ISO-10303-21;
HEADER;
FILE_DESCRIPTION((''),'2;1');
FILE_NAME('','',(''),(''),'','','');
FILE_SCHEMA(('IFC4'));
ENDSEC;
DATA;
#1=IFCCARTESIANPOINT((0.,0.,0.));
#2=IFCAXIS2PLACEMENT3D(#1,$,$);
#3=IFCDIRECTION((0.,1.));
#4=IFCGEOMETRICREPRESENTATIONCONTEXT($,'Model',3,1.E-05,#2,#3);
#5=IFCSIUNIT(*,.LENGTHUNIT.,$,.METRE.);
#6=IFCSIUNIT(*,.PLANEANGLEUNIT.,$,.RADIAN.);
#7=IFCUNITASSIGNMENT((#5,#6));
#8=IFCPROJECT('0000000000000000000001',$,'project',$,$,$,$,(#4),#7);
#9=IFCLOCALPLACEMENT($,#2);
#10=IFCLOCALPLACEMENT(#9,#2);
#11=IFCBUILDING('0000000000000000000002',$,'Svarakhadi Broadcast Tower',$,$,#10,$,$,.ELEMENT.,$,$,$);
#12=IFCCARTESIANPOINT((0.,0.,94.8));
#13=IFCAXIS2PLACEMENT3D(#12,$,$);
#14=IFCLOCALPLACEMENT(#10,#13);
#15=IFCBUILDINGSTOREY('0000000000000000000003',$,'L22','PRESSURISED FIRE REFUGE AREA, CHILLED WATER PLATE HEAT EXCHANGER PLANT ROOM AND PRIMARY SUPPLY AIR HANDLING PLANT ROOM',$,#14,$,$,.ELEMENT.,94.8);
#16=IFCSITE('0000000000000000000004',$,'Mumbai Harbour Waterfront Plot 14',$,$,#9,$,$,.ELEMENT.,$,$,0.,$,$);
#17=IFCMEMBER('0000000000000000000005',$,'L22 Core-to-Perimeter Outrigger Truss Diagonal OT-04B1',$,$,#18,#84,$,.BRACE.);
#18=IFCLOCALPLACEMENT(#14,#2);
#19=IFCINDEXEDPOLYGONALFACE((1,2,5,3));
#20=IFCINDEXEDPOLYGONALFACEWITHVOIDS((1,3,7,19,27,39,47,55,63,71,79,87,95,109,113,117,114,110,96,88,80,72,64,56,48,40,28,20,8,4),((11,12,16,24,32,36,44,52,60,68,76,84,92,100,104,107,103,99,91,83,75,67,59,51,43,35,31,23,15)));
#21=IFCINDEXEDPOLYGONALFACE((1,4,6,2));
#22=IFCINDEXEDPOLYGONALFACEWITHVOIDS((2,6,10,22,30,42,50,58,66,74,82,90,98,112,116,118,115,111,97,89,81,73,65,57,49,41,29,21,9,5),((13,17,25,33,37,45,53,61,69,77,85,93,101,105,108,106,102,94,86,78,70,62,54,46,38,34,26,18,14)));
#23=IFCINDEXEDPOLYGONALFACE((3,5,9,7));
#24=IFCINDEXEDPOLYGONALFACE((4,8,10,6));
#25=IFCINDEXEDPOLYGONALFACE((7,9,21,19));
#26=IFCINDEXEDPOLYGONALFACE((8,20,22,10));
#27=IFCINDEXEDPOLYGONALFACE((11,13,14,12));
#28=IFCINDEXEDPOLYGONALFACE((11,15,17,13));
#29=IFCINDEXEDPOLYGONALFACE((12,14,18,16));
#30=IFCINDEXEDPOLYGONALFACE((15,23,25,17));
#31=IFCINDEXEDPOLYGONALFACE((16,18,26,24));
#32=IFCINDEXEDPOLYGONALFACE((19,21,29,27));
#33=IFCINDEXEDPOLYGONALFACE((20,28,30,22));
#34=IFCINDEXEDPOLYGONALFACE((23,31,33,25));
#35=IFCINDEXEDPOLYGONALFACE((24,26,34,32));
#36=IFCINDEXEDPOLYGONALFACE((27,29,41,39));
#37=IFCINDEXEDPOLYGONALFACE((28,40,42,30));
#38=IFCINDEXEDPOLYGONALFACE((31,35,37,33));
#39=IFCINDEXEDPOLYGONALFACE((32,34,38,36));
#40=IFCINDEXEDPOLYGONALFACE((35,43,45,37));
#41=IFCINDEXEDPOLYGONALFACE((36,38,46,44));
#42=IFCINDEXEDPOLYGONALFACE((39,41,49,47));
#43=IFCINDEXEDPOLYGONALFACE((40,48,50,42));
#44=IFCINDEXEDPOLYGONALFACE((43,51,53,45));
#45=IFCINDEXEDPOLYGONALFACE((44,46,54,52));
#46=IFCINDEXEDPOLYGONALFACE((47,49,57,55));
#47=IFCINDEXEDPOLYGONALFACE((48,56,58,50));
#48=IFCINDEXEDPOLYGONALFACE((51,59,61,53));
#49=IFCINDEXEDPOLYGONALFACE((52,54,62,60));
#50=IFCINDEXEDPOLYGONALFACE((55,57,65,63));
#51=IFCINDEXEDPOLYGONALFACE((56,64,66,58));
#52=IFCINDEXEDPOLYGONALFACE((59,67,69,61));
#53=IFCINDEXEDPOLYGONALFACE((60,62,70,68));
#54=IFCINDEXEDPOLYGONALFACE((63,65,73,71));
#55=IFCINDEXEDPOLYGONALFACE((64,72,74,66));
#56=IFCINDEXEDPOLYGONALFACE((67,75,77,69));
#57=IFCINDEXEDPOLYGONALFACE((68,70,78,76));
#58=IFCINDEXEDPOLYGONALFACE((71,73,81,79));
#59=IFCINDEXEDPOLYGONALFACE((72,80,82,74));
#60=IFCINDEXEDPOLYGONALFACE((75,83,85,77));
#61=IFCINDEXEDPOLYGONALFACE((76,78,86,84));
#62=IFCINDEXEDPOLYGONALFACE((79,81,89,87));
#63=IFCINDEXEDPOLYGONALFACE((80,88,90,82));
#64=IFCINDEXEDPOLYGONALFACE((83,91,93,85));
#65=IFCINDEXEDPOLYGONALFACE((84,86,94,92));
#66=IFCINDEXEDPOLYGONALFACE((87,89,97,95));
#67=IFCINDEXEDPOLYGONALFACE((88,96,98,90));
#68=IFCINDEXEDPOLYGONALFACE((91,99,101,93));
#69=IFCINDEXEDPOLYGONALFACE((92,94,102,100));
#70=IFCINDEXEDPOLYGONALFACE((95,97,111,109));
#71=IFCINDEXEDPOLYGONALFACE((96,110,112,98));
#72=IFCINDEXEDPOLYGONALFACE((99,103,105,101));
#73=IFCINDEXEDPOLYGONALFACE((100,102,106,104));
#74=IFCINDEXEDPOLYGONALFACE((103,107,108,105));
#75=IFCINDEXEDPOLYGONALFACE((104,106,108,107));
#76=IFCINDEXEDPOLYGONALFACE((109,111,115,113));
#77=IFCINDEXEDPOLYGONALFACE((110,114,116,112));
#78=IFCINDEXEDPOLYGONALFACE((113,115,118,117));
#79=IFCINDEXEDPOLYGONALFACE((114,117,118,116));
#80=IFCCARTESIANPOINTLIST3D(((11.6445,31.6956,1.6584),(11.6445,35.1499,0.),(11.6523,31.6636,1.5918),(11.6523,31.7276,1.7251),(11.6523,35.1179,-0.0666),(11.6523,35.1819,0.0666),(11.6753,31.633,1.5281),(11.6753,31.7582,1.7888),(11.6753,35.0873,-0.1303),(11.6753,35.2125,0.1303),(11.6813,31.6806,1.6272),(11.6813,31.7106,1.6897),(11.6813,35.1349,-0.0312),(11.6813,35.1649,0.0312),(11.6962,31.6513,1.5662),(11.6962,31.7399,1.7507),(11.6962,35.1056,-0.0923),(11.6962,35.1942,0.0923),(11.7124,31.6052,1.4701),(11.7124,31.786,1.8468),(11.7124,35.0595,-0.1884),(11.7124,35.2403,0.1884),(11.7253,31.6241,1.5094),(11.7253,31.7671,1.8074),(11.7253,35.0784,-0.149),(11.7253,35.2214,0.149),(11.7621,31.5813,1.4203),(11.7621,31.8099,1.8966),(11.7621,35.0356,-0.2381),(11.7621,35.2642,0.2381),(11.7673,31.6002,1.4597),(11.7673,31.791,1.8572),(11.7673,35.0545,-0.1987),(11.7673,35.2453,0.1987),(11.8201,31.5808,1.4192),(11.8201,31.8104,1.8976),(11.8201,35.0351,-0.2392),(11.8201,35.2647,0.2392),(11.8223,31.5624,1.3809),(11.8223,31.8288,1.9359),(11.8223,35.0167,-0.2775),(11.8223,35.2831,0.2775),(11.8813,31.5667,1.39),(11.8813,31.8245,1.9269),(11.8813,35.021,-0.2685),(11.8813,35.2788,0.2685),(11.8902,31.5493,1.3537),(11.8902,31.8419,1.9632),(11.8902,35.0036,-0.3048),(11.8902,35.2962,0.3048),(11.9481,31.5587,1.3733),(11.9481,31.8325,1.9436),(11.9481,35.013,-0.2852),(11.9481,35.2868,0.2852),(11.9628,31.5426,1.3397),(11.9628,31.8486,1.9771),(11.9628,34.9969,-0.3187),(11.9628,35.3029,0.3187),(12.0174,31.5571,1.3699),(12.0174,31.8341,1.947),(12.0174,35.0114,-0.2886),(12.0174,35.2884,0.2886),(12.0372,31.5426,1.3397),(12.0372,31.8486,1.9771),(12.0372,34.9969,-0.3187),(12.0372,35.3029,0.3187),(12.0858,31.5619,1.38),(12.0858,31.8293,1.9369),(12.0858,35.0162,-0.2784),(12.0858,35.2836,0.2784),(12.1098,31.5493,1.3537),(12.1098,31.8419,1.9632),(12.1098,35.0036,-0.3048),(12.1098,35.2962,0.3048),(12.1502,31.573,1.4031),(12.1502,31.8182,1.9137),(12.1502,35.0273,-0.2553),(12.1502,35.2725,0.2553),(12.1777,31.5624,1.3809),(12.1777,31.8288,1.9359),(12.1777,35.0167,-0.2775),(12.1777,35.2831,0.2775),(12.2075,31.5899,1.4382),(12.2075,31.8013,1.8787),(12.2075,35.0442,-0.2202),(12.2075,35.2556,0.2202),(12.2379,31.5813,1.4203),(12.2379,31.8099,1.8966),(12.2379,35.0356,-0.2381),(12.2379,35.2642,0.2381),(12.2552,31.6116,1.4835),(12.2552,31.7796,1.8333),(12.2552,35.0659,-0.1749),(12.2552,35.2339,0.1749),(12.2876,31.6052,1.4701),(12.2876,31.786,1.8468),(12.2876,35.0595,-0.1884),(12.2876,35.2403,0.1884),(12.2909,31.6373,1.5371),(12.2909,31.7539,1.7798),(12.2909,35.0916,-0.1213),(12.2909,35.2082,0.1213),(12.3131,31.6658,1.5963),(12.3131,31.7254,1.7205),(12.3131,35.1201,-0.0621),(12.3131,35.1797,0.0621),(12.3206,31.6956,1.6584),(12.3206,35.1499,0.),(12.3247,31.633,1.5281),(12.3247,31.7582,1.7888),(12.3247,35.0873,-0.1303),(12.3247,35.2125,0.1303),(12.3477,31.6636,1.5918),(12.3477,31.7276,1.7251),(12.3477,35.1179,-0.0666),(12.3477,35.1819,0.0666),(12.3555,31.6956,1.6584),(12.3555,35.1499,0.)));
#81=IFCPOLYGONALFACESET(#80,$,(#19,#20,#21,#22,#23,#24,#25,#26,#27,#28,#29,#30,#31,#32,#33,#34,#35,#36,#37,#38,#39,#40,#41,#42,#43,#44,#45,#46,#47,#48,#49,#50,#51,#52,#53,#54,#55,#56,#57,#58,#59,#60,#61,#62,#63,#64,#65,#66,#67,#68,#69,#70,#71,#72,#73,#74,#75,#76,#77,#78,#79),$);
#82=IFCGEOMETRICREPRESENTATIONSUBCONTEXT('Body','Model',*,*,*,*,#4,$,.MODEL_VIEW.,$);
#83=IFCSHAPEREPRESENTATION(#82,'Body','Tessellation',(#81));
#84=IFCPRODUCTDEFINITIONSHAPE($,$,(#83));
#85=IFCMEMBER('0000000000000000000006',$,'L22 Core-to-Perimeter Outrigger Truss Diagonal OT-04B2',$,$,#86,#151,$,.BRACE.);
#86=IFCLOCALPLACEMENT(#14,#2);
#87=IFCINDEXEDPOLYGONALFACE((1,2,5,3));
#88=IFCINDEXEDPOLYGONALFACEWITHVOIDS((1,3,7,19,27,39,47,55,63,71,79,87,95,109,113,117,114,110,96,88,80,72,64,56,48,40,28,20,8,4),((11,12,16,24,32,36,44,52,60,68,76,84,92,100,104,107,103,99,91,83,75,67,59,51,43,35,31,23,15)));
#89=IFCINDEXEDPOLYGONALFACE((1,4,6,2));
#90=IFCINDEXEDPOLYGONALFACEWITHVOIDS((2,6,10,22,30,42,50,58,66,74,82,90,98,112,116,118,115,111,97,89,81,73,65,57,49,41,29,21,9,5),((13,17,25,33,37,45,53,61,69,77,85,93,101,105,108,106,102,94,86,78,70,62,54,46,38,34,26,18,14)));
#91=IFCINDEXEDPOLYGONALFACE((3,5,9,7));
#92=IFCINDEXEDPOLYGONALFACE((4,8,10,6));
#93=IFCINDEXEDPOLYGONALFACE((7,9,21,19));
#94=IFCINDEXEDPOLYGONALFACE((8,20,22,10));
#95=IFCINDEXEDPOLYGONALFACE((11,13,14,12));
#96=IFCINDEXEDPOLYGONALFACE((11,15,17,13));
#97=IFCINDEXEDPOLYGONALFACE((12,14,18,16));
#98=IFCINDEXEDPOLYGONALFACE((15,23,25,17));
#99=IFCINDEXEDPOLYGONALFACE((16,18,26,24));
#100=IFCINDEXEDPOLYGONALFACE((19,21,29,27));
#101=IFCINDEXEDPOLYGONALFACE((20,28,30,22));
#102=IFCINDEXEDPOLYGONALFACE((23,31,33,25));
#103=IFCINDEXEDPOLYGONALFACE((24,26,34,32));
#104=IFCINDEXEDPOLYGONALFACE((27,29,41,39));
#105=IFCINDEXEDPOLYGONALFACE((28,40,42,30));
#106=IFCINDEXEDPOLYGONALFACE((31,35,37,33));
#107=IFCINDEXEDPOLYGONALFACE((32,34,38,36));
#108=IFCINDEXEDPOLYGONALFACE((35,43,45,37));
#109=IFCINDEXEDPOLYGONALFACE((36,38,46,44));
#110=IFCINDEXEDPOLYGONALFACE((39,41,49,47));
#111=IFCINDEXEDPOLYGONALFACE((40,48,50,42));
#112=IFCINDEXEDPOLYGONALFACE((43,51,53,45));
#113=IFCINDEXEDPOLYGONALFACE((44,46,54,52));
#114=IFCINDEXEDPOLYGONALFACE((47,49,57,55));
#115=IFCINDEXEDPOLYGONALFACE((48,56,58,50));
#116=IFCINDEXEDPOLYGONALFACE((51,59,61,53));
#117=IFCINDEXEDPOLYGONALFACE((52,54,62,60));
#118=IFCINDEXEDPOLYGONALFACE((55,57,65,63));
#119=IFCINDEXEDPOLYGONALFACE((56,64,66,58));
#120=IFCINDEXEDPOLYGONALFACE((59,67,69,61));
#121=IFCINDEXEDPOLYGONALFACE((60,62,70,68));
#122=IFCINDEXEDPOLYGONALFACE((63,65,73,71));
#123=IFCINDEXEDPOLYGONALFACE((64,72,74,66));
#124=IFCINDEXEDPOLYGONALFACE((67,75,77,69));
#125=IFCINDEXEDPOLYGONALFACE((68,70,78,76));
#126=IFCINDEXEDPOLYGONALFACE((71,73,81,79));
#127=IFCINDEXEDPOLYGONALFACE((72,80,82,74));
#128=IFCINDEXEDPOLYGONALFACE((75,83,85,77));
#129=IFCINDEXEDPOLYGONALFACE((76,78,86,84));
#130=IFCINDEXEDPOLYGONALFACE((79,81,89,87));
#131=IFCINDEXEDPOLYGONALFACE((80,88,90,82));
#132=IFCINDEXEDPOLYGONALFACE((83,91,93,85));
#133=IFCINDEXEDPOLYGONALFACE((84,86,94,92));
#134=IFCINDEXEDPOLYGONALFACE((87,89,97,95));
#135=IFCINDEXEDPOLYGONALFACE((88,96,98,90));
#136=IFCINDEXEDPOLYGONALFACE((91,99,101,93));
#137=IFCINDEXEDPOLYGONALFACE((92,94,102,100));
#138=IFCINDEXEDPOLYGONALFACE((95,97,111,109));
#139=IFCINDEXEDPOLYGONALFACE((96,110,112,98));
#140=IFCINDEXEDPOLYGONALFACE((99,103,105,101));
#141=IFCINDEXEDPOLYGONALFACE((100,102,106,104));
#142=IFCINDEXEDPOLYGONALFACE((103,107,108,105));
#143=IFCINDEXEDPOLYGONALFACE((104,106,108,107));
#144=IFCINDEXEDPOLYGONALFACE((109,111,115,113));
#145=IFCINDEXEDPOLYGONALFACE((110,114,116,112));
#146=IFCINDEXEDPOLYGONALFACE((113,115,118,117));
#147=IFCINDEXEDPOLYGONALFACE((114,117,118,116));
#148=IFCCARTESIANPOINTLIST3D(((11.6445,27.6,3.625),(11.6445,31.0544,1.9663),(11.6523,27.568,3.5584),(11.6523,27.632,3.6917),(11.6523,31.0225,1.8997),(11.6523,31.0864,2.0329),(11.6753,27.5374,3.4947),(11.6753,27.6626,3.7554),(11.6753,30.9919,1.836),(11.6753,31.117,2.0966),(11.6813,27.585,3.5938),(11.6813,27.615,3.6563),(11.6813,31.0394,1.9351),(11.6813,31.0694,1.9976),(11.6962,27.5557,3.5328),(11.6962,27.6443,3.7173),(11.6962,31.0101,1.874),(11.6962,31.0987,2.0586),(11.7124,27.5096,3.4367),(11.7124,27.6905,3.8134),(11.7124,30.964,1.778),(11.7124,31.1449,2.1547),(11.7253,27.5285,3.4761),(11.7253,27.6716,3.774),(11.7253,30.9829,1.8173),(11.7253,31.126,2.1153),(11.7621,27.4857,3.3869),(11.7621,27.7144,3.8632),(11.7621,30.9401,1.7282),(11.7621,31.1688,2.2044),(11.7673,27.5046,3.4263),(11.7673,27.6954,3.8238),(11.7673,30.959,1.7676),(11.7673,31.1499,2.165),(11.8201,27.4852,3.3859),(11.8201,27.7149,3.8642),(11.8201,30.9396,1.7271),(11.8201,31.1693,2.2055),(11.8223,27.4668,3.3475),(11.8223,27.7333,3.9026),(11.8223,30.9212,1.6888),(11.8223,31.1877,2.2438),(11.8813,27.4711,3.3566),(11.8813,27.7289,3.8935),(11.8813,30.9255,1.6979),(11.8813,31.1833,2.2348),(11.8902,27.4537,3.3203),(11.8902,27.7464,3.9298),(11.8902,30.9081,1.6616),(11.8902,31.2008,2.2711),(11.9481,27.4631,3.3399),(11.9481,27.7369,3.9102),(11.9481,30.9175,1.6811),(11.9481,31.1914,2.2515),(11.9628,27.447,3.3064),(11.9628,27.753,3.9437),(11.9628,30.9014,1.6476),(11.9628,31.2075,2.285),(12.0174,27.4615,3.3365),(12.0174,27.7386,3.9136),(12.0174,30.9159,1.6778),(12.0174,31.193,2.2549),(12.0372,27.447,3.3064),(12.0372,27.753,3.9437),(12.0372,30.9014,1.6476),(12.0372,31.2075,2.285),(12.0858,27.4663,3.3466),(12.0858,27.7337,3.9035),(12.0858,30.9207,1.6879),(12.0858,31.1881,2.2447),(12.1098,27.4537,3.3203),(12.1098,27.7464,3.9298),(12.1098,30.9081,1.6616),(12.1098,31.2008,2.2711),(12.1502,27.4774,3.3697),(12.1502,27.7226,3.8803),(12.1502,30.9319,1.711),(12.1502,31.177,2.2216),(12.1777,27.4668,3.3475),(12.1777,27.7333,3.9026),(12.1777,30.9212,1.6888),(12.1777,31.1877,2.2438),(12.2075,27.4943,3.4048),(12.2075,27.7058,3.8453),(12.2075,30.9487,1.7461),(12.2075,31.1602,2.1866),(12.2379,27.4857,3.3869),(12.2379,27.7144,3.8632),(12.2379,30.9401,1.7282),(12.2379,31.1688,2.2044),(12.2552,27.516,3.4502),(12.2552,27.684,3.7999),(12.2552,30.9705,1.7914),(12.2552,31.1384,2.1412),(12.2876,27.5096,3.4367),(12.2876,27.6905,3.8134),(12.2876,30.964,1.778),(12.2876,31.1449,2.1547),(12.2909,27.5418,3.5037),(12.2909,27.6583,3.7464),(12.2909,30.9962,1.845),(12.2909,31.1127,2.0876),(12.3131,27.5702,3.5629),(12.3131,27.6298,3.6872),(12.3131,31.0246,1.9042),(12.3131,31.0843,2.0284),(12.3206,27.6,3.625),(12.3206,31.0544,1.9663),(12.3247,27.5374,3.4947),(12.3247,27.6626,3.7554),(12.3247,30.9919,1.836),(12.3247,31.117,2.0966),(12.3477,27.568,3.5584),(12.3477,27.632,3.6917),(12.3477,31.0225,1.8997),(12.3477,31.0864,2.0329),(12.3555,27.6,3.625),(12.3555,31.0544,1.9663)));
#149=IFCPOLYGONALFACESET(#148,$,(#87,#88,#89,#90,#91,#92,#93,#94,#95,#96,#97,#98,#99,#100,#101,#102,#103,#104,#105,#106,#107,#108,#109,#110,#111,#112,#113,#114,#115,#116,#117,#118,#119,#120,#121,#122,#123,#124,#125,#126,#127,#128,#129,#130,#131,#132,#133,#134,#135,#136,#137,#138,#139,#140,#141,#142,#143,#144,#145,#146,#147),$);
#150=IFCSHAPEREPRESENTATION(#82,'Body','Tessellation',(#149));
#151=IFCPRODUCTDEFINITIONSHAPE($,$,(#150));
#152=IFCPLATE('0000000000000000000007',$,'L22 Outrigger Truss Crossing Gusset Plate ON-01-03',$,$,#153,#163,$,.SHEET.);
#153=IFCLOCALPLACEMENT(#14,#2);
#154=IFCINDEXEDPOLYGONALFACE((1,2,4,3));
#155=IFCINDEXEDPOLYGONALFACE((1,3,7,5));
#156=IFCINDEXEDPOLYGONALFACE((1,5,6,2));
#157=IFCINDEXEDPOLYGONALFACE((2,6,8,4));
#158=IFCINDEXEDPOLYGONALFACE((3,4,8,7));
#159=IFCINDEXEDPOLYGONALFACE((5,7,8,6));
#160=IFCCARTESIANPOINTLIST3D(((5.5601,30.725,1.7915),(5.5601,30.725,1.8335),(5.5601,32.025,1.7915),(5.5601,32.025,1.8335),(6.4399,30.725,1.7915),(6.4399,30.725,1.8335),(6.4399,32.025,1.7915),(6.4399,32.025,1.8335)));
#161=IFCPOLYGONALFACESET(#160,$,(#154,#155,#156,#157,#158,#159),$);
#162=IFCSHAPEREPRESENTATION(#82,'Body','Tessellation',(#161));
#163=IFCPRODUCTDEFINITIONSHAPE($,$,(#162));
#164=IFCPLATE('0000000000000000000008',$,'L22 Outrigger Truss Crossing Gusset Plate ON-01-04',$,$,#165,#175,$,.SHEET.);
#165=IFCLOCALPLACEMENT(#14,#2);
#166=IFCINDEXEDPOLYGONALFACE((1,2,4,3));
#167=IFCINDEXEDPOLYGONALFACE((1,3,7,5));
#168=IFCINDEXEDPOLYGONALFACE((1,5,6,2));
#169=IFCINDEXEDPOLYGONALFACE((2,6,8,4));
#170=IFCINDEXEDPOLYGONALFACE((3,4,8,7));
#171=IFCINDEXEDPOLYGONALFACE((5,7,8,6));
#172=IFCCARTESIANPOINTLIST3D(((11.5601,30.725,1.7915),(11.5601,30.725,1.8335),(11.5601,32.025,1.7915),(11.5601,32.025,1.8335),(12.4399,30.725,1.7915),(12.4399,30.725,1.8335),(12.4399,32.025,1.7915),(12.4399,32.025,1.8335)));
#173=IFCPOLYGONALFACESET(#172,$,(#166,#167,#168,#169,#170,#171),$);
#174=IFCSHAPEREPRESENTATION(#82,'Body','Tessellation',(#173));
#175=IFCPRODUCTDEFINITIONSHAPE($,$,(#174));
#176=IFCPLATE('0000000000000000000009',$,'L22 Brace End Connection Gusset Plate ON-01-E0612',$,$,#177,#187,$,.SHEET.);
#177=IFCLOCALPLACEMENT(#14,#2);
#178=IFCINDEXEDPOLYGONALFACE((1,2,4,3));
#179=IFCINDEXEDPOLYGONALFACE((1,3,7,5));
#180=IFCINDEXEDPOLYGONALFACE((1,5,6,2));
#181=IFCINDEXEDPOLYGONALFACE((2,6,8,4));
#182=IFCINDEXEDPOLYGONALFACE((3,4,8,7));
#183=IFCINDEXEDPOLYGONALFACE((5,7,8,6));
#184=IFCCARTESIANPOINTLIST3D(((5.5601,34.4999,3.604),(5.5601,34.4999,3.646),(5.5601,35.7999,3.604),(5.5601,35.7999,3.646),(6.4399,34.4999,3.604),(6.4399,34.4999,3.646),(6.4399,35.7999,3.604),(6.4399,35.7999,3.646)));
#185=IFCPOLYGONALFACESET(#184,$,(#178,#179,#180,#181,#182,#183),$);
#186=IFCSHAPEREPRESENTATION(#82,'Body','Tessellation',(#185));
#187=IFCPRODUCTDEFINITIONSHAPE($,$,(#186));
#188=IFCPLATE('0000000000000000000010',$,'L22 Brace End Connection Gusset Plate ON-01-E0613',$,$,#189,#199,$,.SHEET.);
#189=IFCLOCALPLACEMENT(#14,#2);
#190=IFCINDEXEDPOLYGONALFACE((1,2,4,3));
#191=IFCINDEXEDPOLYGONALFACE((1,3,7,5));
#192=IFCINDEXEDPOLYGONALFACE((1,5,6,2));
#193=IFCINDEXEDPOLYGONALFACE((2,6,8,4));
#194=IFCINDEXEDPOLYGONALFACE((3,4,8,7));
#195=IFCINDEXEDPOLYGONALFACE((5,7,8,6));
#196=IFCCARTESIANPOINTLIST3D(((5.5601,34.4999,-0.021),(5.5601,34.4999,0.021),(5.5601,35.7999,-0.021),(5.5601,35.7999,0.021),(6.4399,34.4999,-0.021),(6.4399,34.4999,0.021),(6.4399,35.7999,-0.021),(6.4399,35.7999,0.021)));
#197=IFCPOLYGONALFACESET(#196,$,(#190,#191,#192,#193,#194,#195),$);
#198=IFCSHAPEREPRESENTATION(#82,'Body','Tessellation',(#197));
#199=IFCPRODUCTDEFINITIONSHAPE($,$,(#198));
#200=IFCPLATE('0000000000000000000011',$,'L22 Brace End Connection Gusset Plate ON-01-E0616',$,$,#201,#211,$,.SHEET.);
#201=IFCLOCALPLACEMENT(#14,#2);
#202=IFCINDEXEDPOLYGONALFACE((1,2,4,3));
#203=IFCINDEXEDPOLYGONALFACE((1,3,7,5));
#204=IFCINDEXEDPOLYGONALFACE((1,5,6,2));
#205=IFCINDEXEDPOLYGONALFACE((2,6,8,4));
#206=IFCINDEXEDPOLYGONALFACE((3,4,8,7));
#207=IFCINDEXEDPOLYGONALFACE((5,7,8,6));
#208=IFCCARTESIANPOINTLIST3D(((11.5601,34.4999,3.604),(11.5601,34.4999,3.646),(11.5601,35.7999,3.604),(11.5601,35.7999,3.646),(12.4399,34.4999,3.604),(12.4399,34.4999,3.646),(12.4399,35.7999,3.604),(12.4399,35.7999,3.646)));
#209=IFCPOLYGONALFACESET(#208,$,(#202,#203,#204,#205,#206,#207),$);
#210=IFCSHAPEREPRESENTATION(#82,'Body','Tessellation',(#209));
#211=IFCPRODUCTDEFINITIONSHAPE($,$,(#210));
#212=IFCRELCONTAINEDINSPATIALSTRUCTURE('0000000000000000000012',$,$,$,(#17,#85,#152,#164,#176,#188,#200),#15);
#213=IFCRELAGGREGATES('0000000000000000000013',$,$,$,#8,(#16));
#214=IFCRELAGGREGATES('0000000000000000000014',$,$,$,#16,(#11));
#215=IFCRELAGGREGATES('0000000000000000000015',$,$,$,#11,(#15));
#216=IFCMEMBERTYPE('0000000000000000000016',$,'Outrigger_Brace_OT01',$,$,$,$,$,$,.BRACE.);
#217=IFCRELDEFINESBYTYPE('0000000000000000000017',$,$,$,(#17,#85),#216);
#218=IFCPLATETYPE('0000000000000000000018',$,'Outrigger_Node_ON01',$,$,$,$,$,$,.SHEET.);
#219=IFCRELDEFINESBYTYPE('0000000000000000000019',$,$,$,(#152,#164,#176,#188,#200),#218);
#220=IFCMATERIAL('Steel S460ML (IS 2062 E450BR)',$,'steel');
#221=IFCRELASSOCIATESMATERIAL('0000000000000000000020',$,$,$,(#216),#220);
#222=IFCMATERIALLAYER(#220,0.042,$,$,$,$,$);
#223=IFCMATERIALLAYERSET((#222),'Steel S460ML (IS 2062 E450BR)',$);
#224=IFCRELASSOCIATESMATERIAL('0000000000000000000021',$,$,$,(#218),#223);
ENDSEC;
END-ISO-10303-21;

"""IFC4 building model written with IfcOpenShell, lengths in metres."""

from ifc_helpers import new_model, si_unit, direction, frame, origin, origin_2d, place, context, subcontext, project, spatial, rectangle, hollow_circle, extrude, material, layer, layer_set, material_profile, profile_set, type_object, element, save


model = new_model("IFC4")

# Units and contexts
model_context = context("Model", 3, precision=1e-05, world=origin(), true_north=direction((0.0, 1.0)))
body_context = subcontext(model_context, "Body", "Model", "MODEL_VIEW")
ifc_project = project(units=[si_unit("LENGTHUNIT", "METRE"), si_unit("PLANEANGLEUNIT", "RADIAN")], contexts=[model_context])

# Site, building, storey
site_placement = place(None, origin())
site = spatial("IfcSite", under=ifc_project, at=site_placement, Name="Mumbai Harbour Waterfront Plot 14", CompositionType="ELEMENT", RefElevation=0.0)
building_placement = place(site_placement, origin())
building = spatial("IfcBuilding", under=site, at=building_placement, Name="Svarakhadi Broadcast Tower", CompositionType="ELEMENT")
storey_placement = place(building_placement, frame((0.0, 0.0, 94.8)))
storey = spatial("IfcBuildingStorey", under=building, at=storey_placement, Name="L22", Description="PRESSURISED FIRE REFUGE AREA, CHILLED WATER PLATE HEAT EXCHANGER PLANT ROOM AND PRIMARY SUPPLY AIR HANDLING PLANT ROOM", CompositionType="ELEMENT", Elevation=94.8)

# Shared definitions
ifc_material_1 = material(Name="Steel S460ML (IS 2062 E450BR)", Category="steel")

# Members
ifc_material_profile_1 = material_profile(ifc_material_1, hollow_circle(Radius=0.3555, WallThickness=0.0349, at=origin_2d()), Name="CHS 711x35")
ifc_profile_set_1 = profile_set([ifc_material_profile_1], Name="Steel S460ML (IS 2062 E450BR)")
member_type = type_object("IfcMemberType", Name="Outrigger_Brace_OT01", PredefinedType="BRACE", material=ifc_profile_set_1)
member_1_placement = place(storey_placement, frame((12.0, 35.1499, 0.0), z_axis=(0.0, -0.901486, 0.432808), x_axis=(1.0, 0.0, 0.0)))
element("IfcMember", 1, at=member_1_placement, inside=storey, type_object=member_type, Name="L22 Core-to-Perimeter Outrigger Truss Diagonal OT-04B1", PredefinedType="BRACE", context=body_context, shape_type="SweptSolid", body=[
    extrude(hollow_circle(Radius=0.3555, WallThickness=0.0349, at=origin_2d()), origin(), (0.0, 0.0, 1.0), 3.8318),
])
member_2_placement = place(storey_placement, frame((12.0, 31.0544, 1.9663), z_axis=(0.0, -0.901461, 0.432859), x_axis=(1.0, 0.0, 0.0)))
element("IfcMember", 2, at=member_2_placement, inside=storey, type_object=member_type, Name="L22 Core-to-Perimeter Outrigger Truss Diagonal OT-04B2", PredefinedType="BRACE", context=body_context, shape_type="SweptSolid", body=[
    extrude(hollow_circle(Radius=0.3555, WallThickness=0.0349, at=origin_2d()), origin(), (0.0, 0.0, 1.0), 3.832),
])

# Plates
ifc_layer_1 = layer(ifc_material_1, 0.042)
ifc_layer_set_1 = layer_set([ifc_layer_1], Name="Steel S460ML (IS 2062 E450BR)")
plate_type = type_object("IfcPlateType", Name="Outrigger_Node_ON01", PredefinedType="SHEET", material=ifc_layer_set_1)
for number, where, z_axis, x_axis, name in (
    (3, (6.0, 31.375, 1.7915), (0.0, 0.0, 1.0), (0.0, 1.0, 0.0), "L22 Outrigger Truss Crossing Gusset Plate ON-01-03"),
    (4, (12.0, 31.375, 1.7915), (0.0, 0.0, 1.0), (0.0, 1.0, 0.0), "L22 Outrigger Truss Crossing Gusset Plate ON-01-04"),
    (5, (6.0, 35.1499, 3.604), (0.0, 0.0, 1.0), (0.0, 1.0, 0.0), "L22 Brace End Connection Gusset Plate ON-01-E0612"),
    (6, (6.0, 35.1499, -0.021), (0.0, 0.0, 1.0), (0.0, 1.0, 0.0), "L22 Brace End Connection Gusset Plate ON-01-E0613"),
    (7, (12.0, 35.1499, 3.604), (0.0, 0.0, 1.0), (0.0, 1.0, 0.0), "L22 Brace End Connection Gusset Plate ON-01-E0616"),
):
    element("IfcPlate", number, at=place(storey_placement, frame(where, z_axis=z_axis, x_axis=x_axis)), inside=storey, type_object=plate_type, Name=name, PredefinedType="SHEET", context=body_context, shape_type="SweptSolid", body=[
        extrude(rectangle(XDim=1.3, YDim=0.8799, at=origin_2d()), origin(), (0.0, 0.0, 1.0), 0.042),
    ])

save(model, "model.ifc")
